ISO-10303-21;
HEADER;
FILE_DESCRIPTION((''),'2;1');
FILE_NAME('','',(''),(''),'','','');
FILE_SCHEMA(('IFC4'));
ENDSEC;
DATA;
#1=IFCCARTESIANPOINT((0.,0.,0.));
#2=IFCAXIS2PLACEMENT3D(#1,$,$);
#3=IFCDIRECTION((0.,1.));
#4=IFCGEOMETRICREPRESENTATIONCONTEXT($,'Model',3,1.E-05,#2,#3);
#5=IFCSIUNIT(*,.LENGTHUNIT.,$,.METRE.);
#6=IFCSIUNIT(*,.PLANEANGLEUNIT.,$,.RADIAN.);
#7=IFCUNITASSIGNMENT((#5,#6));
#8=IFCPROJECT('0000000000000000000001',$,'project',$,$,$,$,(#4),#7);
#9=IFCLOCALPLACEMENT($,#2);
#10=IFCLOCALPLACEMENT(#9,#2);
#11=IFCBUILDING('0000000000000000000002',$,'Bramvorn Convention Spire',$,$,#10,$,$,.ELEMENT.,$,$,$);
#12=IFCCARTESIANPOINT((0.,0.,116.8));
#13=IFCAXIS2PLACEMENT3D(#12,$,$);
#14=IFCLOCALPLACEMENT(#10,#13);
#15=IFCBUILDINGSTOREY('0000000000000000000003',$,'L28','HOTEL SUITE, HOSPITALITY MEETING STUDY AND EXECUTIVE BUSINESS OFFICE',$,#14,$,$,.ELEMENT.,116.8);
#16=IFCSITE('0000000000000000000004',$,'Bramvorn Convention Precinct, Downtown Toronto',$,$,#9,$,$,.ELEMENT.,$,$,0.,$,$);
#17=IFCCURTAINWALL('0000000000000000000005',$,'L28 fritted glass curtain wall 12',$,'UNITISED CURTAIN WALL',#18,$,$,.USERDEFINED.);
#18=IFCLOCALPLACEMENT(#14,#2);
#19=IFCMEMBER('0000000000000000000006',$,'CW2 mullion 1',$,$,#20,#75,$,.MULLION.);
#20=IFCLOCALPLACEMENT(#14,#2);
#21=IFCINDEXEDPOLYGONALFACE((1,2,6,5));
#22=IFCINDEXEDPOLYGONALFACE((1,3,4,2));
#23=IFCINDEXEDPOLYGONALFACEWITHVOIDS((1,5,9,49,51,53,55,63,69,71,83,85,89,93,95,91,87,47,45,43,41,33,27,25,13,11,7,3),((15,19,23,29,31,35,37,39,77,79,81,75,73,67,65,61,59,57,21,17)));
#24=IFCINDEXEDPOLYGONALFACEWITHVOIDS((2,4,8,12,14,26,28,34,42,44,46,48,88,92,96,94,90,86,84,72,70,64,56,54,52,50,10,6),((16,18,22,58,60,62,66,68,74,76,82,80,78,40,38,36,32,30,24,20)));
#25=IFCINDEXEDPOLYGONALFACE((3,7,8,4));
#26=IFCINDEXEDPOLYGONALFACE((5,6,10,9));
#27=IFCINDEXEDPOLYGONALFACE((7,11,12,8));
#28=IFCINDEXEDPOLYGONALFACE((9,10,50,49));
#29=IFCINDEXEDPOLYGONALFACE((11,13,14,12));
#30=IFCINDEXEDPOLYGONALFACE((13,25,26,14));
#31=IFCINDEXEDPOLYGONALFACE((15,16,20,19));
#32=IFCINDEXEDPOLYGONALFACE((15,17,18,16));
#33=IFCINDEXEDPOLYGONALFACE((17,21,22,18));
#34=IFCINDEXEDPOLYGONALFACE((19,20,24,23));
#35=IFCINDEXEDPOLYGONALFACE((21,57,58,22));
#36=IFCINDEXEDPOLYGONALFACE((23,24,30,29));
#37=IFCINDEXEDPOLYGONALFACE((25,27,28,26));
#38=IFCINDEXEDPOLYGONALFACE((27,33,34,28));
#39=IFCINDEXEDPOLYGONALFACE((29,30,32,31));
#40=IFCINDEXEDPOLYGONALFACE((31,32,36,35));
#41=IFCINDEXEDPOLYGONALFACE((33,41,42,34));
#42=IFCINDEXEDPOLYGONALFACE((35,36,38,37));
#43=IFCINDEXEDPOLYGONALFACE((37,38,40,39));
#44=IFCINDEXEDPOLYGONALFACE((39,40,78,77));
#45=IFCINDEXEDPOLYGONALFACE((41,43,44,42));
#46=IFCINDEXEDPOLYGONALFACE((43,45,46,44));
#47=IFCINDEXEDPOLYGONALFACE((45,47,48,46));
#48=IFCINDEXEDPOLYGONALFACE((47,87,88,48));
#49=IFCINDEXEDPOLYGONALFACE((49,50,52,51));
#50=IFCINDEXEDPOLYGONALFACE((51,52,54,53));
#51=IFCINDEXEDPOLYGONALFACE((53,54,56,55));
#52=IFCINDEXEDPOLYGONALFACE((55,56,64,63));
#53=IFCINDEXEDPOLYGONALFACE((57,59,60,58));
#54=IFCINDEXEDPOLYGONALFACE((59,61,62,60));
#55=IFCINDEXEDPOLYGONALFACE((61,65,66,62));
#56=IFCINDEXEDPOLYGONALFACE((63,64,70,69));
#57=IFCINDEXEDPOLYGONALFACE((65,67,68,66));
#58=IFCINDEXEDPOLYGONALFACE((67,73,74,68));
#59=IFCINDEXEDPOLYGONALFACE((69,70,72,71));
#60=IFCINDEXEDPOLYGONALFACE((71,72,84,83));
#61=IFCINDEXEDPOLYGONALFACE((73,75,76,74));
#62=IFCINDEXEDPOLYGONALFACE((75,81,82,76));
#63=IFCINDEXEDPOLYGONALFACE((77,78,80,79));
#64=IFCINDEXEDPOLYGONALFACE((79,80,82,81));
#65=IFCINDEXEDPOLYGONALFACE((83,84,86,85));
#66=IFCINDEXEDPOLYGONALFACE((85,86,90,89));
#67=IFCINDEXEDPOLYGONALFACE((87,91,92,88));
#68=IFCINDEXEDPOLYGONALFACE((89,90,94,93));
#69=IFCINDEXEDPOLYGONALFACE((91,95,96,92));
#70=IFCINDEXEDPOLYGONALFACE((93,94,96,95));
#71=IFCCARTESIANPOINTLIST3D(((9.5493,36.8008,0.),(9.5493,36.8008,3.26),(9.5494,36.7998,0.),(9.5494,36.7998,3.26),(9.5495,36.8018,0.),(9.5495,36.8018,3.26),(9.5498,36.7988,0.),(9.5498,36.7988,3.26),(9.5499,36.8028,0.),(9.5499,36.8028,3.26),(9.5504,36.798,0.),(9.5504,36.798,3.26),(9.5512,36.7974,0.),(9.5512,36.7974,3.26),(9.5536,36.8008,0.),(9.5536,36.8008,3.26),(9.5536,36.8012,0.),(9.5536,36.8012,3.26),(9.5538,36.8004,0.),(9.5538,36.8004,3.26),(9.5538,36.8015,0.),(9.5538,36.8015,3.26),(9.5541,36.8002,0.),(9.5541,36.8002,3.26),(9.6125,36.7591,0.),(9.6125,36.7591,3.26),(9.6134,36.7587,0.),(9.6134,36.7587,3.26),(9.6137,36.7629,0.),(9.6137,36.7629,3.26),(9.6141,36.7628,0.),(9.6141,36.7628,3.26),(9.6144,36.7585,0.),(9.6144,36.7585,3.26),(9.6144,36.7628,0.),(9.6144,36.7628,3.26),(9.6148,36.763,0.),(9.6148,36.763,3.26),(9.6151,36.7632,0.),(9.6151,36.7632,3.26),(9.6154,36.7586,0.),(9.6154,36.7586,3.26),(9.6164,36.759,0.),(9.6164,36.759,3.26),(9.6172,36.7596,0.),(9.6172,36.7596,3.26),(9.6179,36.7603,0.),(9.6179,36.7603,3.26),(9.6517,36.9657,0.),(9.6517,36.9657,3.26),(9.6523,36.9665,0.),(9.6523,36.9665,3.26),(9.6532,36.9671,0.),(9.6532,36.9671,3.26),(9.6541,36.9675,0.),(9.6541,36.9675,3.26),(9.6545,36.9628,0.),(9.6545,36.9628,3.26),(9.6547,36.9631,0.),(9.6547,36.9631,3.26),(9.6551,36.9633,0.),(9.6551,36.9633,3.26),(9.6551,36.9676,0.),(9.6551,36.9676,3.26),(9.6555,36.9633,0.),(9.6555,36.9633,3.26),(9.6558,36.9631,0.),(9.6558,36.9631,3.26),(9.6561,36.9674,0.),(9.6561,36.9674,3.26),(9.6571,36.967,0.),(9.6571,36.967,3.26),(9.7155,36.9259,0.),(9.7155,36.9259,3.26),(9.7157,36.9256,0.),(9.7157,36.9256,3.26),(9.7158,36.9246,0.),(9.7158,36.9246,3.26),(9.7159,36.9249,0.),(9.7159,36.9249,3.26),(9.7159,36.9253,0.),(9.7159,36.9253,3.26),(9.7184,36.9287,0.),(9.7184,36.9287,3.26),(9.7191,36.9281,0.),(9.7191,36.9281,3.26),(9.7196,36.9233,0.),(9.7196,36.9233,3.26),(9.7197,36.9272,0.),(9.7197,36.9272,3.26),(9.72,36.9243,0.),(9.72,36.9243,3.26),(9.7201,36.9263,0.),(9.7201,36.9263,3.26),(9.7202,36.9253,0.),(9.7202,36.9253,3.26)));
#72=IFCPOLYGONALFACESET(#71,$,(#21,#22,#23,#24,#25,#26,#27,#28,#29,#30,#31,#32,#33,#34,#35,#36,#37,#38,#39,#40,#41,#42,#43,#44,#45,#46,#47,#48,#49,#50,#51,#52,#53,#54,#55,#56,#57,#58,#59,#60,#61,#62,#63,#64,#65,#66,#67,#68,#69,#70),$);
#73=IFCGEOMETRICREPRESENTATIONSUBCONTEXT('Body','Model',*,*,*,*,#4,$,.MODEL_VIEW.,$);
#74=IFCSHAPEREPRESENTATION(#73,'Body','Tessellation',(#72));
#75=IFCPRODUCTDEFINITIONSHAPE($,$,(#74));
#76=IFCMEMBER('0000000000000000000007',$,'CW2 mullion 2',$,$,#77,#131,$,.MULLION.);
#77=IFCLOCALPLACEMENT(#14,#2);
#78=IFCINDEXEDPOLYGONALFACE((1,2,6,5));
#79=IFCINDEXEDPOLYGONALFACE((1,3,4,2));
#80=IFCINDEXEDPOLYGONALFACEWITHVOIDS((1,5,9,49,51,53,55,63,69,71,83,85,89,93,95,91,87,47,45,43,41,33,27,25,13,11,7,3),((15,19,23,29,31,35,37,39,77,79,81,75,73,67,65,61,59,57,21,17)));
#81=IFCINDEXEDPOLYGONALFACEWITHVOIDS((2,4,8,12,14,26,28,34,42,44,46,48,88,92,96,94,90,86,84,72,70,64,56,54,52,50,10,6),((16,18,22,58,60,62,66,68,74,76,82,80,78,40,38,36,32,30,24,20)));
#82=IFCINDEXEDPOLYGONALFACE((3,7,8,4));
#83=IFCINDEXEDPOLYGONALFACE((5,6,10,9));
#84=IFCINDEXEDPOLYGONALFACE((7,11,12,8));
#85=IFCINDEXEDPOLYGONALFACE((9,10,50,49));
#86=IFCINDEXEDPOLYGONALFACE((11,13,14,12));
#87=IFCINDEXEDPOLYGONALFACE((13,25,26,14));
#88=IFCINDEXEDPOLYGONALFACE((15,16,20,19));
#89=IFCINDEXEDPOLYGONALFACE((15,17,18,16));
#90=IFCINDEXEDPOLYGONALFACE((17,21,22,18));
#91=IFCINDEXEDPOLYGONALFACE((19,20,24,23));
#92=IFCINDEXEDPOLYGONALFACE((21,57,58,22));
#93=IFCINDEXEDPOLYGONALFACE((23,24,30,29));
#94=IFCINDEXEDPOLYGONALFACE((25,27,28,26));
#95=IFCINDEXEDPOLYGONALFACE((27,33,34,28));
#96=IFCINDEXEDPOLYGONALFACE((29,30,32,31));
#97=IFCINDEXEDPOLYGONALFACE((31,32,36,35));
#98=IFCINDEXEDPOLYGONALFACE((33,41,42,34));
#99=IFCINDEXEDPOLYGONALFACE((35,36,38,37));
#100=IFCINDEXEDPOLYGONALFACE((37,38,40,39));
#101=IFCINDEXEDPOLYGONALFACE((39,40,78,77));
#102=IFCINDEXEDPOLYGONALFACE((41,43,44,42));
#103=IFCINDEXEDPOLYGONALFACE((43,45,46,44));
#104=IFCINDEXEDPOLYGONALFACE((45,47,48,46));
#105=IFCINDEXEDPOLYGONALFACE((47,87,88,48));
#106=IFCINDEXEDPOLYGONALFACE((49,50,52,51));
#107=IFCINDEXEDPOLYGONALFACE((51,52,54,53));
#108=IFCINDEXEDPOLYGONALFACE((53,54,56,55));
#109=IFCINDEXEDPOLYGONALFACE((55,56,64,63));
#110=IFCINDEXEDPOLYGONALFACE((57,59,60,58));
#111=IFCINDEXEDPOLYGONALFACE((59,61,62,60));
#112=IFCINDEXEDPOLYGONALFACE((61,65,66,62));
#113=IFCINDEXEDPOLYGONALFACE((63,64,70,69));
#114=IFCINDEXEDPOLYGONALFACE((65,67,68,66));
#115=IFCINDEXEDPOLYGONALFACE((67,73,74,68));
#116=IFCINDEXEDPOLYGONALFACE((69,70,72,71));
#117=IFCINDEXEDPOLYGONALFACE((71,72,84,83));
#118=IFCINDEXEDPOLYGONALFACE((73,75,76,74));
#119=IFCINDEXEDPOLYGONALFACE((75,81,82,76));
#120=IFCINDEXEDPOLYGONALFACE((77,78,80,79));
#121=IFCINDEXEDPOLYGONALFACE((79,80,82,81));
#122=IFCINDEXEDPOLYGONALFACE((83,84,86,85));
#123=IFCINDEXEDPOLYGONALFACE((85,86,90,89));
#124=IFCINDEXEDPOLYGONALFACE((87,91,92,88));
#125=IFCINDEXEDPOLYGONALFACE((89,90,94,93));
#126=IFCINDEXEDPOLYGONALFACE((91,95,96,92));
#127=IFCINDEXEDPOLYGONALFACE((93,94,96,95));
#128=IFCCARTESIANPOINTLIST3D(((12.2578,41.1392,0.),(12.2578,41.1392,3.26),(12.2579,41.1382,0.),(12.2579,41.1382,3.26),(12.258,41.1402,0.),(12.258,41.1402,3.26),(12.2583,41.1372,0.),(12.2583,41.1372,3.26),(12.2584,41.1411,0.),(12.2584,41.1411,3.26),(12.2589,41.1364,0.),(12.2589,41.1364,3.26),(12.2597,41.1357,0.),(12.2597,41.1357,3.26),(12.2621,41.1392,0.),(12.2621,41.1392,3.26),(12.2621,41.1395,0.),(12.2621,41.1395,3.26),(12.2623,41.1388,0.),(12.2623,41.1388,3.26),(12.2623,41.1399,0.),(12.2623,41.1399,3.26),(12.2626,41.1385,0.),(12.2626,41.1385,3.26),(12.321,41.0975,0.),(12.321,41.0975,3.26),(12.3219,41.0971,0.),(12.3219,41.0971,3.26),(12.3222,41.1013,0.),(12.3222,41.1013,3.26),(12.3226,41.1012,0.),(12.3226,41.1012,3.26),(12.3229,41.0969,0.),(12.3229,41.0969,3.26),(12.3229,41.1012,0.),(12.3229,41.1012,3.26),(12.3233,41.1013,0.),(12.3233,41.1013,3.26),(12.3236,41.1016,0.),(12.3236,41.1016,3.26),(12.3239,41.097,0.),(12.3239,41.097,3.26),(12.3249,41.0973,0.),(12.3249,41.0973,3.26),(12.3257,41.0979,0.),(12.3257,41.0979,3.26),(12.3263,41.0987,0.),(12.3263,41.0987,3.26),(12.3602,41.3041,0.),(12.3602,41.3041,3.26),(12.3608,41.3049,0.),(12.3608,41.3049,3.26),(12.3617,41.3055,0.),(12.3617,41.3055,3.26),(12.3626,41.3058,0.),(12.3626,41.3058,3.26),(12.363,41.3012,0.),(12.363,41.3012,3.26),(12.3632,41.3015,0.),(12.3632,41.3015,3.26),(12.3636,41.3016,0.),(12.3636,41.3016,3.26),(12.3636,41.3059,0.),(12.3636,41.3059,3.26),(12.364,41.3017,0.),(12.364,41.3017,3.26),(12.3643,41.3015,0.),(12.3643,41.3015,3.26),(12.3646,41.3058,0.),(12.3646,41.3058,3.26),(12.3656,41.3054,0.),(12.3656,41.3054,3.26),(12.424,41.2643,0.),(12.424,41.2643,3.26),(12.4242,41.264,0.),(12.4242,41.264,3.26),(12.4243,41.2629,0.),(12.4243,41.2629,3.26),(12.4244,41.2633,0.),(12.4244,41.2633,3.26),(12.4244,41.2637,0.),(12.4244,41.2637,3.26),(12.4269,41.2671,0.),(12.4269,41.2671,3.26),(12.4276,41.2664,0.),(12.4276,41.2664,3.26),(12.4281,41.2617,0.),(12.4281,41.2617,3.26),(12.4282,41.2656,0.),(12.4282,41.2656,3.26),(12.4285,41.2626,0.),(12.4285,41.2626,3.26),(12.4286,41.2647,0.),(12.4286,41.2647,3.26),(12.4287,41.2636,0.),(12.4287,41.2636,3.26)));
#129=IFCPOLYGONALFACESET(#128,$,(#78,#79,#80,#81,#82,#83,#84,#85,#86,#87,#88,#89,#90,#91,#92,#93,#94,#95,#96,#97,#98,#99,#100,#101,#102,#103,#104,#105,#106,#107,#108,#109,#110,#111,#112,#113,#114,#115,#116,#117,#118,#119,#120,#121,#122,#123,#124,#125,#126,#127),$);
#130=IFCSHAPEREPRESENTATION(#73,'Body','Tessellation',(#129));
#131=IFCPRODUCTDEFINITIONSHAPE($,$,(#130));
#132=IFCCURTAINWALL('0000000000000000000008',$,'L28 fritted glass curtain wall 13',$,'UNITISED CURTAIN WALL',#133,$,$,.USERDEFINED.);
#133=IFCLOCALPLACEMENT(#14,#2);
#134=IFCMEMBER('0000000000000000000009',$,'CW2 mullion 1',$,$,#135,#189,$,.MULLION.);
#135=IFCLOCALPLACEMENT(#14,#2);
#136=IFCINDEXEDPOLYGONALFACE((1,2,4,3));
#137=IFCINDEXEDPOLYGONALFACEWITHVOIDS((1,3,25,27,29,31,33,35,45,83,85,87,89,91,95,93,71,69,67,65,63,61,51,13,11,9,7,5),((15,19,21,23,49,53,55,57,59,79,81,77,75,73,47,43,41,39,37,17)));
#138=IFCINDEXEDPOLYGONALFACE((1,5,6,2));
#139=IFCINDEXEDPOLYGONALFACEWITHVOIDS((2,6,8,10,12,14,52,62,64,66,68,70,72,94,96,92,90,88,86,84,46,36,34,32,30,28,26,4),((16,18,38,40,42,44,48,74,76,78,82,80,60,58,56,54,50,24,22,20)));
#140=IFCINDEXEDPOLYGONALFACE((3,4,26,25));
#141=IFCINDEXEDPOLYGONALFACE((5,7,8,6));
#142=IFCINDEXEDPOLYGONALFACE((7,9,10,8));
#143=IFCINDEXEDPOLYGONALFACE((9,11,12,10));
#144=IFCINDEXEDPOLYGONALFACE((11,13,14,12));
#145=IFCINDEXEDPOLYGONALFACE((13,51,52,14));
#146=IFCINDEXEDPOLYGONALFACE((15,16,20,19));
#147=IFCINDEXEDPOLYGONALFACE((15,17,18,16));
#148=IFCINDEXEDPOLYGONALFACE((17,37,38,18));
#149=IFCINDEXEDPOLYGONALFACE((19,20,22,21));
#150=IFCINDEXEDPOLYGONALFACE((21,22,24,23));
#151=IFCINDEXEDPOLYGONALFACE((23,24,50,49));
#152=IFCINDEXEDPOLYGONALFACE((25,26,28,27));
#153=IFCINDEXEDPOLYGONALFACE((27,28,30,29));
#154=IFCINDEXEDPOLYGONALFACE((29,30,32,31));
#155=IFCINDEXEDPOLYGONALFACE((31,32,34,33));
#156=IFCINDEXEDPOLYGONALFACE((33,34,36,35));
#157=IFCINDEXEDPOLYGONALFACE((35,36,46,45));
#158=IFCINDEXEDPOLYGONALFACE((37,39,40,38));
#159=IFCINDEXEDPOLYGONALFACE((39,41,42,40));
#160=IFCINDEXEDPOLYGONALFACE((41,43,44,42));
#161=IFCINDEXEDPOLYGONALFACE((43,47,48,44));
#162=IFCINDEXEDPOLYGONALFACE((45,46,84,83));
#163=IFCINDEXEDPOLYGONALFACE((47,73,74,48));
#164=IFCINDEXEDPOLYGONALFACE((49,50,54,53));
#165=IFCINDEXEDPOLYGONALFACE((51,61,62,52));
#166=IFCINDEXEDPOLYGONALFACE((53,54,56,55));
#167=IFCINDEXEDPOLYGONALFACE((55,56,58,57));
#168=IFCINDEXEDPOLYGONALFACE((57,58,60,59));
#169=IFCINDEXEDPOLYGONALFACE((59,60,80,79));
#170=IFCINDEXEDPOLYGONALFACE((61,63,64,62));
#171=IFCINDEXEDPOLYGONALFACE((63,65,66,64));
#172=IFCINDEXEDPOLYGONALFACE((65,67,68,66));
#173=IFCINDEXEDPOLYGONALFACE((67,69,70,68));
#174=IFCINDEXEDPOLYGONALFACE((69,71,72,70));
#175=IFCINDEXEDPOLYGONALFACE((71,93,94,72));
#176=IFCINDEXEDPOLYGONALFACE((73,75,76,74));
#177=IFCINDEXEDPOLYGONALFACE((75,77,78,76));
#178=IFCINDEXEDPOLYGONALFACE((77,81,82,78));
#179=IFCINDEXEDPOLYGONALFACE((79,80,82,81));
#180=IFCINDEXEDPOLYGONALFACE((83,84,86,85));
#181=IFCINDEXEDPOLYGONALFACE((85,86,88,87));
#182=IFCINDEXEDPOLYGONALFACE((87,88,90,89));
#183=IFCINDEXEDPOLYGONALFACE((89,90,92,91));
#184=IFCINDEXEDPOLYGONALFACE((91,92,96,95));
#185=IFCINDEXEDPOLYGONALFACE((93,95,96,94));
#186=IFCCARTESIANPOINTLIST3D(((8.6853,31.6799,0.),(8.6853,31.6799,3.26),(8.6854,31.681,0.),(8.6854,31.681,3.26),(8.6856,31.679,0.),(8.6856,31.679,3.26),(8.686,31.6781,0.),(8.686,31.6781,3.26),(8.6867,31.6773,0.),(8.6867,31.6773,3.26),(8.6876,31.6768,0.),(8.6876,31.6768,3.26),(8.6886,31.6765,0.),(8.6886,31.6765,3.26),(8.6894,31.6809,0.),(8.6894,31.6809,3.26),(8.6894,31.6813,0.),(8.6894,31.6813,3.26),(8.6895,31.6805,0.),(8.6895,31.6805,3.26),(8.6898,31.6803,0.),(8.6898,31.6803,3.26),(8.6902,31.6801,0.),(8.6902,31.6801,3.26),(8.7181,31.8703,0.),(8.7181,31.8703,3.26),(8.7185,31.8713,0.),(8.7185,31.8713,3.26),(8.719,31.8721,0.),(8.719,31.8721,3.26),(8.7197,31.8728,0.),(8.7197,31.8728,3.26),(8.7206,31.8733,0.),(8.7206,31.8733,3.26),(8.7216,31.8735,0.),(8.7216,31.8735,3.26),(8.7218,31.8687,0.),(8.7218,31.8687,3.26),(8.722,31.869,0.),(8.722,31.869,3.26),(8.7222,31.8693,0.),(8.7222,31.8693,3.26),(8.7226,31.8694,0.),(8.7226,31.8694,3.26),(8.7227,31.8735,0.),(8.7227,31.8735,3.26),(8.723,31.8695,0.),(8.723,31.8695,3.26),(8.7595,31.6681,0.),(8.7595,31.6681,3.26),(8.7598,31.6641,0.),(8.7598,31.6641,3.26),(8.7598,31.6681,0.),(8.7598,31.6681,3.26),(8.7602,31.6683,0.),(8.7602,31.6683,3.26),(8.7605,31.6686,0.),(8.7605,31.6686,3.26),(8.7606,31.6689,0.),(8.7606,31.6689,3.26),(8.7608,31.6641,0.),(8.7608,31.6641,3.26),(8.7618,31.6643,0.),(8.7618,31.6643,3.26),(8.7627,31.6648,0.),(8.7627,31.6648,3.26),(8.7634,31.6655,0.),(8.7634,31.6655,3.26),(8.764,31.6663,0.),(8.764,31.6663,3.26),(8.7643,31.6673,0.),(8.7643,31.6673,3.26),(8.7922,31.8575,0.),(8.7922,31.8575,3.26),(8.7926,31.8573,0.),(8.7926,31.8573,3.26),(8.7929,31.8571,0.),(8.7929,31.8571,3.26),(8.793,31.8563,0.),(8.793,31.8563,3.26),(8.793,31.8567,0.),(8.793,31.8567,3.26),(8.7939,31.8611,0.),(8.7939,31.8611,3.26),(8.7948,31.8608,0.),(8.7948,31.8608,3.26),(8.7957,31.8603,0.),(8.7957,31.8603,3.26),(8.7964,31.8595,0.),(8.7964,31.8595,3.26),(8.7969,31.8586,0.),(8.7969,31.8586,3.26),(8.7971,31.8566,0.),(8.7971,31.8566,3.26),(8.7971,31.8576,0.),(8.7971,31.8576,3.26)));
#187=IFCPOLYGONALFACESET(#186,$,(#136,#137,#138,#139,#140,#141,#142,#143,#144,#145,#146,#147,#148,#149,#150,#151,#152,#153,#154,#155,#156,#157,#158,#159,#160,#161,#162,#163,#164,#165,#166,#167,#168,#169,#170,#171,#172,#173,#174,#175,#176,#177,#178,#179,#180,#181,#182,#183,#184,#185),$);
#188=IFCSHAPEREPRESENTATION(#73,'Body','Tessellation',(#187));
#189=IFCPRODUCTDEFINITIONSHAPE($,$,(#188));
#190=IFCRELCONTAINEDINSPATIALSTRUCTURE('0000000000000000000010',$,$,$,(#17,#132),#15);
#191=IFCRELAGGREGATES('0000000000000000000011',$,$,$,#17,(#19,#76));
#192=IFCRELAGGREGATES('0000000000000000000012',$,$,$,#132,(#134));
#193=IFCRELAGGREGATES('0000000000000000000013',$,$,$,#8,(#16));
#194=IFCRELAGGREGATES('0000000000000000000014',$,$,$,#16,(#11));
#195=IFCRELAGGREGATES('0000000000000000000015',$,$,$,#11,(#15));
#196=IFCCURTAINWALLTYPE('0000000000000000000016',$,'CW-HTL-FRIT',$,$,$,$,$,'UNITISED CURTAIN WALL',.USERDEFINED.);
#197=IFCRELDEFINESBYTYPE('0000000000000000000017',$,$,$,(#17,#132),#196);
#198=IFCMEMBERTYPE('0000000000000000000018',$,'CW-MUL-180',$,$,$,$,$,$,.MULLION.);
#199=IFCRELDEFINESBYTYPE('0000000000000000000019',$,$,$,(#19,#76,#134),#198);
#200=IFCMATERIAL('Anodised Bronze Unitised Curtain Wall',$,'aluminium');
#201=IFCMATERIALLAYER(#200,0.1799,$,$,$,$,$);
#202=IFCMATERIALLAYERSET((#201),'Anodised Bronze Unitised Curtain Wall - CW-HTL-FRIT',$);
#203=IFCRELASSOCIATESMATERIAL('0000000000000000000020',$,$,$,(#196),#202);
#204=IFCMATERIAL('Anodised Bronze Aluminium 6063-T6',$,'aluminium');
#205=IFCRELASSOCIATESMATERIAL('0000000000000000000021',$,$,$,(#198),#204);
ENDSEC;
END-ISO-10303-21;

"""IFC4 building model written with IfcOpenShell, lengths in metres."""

from ifc_helpers import new_model, si_unit, direction, frame, origin, origin_2d, place, context, subcontext, project, spatial, hollow_rectangle, extrude, material, layer, layer_set, material_profile, profile_set, type_object, element, aggregate, save


model = new_model("IFC4")

# Units and contexts
model_context = context("Model", 3, precision=1e-05, world=origin(), true_north=direction((0.0, 1.0)))
body_context = subcontext(model_context, "Body", "Model", "MODEL_VIEW")
ifc_project = project(units=[si_unit("LENGTHUNIT", "METRE"), si_unit("PLANEANGLEUNIT", "RADIAN")], contexts=[model_context])

# Site, building, storey
site_placement = place(None, origin())
site = spatial("IfcSite", under=ifc_project, at=site_placement, Name="Bramvorn Convention Precinct, Downtown Toronto", CompositionType="ELEMENT", RefElevation=0.0)
building_placement = place(site_placement, origin())
building = spatial("IfcBuilding", under=site, at=building_placement, Name="Bramvorn Convention Spire", CompositionType="ELEMENT")
storey_placement = place(building_placement, frame((0.0, 0.0, 116.8)))
storey = spatial("IfcBuildingStorey", under=building, at=storey_placement, Name="L28", Description="HOTEL SUITE, HOSPITALITY MEETING STUDY AND EXECUTIVE BUSINESS OFFICE", CompositionType="ELEMENT", Elevation=116.8)

# Curtain walls, members
ifc_material_1 = material(Name="Anodised Bronze Unitised Curtain Wall", Category="aluminium")
ifc_layer_1 = layer(ifc_material_1, 0.1799)
ifc_layer_set_1 = layer_set([ifc_layer_1], Name="Anodised Bronze Unitised Curtain Wall - CW-HTL-FRIT")
curtain_wall_type = type_object("IfcCurtainWallType", Name="CW-HTL-FRIT", ElementType="UNITISED CURTAIN WALL", PredefinedType="USERDEFINED", material=ifc_layer_set_1)
curtain_wall_1_placement = place(storey_placement, origin())
curtain_wall_1 = element("IfcCurtainWall", 1, at=curtain_wall_1_placement, inside=storey, type_object=curtain_wall_type, Name="L28 fritted glass curtain wall 12", ObjectType="UNITISED CURTAIN WALL", PredefinedType="USERDEFINED")
ifc_material_2 = material(Name="Anodised Bronze Aluminium 6063-T6", Category="aluminium")
ifc_material_profile_1 = material_profile(ifc_material_2, hollow_rectangle(XDim=0.0801, YDim=0.2, WallThickness=0.0039, InnerFilletRadius=0.001, OuterFilletRadius=0.0039, at=origin_2d()))
ifc_profile_set_1 = profile_set([ifc_material_profile_1], Name="Anodised Bronze Aluminium 6063-T6 - CWM80X200")
member_type_1 = type_object("IfcMemberType", Name="CW-MUL-180", PredefinedType="MULLION", material=ifc_profile_set_1)
member_1_placement = place(storey_placement, frame((9.6348, 36.863, 0.0), z_axis=(0.0, 0.0, 1.0), x_axis=(-0.848249, 0.529598, 0.0)))
member_1 = element("IfcMember", 2, at=member_1_placement, type_object=member_type_1, Name="CW2 mullion 1", PredefinedType="MULLION", context=body_context, shape_type="SweptSolid", body=[
    extrude(hollow_rectangle(XDim=0.0801, YDim=0.2, WallThickness=0.0039, InnerFilletRadius=0.001, OuterFilletRadius=0.0039, at=origin_2d()), origin(), (0.0, 0.0, 1.0), 3.26),
])
member_2_placement = place(storey_placement, frame((12.3433, 41.2014, 0.0), z_axis=(0.0, 0.0, 1.0), x_axis=(-0.848249, 0.529598, 0.0)))
member_2 = element("IfcMember", 3, at=member_2_placement, type_object=member_type_1, Name="CW2 mullion 2", PredefinedType="MULLION", context=body_context, shape_type="SweptSolid", body=[
    extrude(hollow_rectangle(XDim=0.0801, YDim=0.2, WallThickness=0.0039, InnerFilletRadius=0.001, OuterFilletRadius=0.0039, at=origin_2d()), origin(), (0.0, 0.0, 1.0), 3.26),
])
curtain_wall_2_placement = place(storey_placement, origin())
curtain_wall_2 = element("IfcCurtainWall", 4, at=curtain_wall_2_placement, inside=storey, type_object=curtain_wall_type, Name="L28 fritted glass curtain wall 13", ObjectType="UNITISED CURTAIN WALL", PredefinedType="USERDEFINED")
member_3_placement = place(storey_placement, frame((8.7412, 31.7688, 0.0), z_axis=(0.0, 0.0, 1.0), x_axis=(-0.985342, 0.170592, 0.0)))
member_3 = element("IfcMember", 5, at=member_3_placement, type_object=member_type_1, Name="CW2 mullion 1", PredefinedType="MULLION", context=body_context, shape_type="SweptSolid", body=[
    extrude(hollow_rectangle(XDim=0.0801, YDim=0.2, WallThickness=0.0039, InnerFilletRadius=0.001, OuterFilletRadius=0.0039, at=origin_2d()), origin(), (0.0, 0.0, 1.0), 3.26),
])

aggregate(curtain_wall_1, [member_1, member_2])
aggregate(curtain_wall_2, [member_3])

save(model, "model.ifc")
